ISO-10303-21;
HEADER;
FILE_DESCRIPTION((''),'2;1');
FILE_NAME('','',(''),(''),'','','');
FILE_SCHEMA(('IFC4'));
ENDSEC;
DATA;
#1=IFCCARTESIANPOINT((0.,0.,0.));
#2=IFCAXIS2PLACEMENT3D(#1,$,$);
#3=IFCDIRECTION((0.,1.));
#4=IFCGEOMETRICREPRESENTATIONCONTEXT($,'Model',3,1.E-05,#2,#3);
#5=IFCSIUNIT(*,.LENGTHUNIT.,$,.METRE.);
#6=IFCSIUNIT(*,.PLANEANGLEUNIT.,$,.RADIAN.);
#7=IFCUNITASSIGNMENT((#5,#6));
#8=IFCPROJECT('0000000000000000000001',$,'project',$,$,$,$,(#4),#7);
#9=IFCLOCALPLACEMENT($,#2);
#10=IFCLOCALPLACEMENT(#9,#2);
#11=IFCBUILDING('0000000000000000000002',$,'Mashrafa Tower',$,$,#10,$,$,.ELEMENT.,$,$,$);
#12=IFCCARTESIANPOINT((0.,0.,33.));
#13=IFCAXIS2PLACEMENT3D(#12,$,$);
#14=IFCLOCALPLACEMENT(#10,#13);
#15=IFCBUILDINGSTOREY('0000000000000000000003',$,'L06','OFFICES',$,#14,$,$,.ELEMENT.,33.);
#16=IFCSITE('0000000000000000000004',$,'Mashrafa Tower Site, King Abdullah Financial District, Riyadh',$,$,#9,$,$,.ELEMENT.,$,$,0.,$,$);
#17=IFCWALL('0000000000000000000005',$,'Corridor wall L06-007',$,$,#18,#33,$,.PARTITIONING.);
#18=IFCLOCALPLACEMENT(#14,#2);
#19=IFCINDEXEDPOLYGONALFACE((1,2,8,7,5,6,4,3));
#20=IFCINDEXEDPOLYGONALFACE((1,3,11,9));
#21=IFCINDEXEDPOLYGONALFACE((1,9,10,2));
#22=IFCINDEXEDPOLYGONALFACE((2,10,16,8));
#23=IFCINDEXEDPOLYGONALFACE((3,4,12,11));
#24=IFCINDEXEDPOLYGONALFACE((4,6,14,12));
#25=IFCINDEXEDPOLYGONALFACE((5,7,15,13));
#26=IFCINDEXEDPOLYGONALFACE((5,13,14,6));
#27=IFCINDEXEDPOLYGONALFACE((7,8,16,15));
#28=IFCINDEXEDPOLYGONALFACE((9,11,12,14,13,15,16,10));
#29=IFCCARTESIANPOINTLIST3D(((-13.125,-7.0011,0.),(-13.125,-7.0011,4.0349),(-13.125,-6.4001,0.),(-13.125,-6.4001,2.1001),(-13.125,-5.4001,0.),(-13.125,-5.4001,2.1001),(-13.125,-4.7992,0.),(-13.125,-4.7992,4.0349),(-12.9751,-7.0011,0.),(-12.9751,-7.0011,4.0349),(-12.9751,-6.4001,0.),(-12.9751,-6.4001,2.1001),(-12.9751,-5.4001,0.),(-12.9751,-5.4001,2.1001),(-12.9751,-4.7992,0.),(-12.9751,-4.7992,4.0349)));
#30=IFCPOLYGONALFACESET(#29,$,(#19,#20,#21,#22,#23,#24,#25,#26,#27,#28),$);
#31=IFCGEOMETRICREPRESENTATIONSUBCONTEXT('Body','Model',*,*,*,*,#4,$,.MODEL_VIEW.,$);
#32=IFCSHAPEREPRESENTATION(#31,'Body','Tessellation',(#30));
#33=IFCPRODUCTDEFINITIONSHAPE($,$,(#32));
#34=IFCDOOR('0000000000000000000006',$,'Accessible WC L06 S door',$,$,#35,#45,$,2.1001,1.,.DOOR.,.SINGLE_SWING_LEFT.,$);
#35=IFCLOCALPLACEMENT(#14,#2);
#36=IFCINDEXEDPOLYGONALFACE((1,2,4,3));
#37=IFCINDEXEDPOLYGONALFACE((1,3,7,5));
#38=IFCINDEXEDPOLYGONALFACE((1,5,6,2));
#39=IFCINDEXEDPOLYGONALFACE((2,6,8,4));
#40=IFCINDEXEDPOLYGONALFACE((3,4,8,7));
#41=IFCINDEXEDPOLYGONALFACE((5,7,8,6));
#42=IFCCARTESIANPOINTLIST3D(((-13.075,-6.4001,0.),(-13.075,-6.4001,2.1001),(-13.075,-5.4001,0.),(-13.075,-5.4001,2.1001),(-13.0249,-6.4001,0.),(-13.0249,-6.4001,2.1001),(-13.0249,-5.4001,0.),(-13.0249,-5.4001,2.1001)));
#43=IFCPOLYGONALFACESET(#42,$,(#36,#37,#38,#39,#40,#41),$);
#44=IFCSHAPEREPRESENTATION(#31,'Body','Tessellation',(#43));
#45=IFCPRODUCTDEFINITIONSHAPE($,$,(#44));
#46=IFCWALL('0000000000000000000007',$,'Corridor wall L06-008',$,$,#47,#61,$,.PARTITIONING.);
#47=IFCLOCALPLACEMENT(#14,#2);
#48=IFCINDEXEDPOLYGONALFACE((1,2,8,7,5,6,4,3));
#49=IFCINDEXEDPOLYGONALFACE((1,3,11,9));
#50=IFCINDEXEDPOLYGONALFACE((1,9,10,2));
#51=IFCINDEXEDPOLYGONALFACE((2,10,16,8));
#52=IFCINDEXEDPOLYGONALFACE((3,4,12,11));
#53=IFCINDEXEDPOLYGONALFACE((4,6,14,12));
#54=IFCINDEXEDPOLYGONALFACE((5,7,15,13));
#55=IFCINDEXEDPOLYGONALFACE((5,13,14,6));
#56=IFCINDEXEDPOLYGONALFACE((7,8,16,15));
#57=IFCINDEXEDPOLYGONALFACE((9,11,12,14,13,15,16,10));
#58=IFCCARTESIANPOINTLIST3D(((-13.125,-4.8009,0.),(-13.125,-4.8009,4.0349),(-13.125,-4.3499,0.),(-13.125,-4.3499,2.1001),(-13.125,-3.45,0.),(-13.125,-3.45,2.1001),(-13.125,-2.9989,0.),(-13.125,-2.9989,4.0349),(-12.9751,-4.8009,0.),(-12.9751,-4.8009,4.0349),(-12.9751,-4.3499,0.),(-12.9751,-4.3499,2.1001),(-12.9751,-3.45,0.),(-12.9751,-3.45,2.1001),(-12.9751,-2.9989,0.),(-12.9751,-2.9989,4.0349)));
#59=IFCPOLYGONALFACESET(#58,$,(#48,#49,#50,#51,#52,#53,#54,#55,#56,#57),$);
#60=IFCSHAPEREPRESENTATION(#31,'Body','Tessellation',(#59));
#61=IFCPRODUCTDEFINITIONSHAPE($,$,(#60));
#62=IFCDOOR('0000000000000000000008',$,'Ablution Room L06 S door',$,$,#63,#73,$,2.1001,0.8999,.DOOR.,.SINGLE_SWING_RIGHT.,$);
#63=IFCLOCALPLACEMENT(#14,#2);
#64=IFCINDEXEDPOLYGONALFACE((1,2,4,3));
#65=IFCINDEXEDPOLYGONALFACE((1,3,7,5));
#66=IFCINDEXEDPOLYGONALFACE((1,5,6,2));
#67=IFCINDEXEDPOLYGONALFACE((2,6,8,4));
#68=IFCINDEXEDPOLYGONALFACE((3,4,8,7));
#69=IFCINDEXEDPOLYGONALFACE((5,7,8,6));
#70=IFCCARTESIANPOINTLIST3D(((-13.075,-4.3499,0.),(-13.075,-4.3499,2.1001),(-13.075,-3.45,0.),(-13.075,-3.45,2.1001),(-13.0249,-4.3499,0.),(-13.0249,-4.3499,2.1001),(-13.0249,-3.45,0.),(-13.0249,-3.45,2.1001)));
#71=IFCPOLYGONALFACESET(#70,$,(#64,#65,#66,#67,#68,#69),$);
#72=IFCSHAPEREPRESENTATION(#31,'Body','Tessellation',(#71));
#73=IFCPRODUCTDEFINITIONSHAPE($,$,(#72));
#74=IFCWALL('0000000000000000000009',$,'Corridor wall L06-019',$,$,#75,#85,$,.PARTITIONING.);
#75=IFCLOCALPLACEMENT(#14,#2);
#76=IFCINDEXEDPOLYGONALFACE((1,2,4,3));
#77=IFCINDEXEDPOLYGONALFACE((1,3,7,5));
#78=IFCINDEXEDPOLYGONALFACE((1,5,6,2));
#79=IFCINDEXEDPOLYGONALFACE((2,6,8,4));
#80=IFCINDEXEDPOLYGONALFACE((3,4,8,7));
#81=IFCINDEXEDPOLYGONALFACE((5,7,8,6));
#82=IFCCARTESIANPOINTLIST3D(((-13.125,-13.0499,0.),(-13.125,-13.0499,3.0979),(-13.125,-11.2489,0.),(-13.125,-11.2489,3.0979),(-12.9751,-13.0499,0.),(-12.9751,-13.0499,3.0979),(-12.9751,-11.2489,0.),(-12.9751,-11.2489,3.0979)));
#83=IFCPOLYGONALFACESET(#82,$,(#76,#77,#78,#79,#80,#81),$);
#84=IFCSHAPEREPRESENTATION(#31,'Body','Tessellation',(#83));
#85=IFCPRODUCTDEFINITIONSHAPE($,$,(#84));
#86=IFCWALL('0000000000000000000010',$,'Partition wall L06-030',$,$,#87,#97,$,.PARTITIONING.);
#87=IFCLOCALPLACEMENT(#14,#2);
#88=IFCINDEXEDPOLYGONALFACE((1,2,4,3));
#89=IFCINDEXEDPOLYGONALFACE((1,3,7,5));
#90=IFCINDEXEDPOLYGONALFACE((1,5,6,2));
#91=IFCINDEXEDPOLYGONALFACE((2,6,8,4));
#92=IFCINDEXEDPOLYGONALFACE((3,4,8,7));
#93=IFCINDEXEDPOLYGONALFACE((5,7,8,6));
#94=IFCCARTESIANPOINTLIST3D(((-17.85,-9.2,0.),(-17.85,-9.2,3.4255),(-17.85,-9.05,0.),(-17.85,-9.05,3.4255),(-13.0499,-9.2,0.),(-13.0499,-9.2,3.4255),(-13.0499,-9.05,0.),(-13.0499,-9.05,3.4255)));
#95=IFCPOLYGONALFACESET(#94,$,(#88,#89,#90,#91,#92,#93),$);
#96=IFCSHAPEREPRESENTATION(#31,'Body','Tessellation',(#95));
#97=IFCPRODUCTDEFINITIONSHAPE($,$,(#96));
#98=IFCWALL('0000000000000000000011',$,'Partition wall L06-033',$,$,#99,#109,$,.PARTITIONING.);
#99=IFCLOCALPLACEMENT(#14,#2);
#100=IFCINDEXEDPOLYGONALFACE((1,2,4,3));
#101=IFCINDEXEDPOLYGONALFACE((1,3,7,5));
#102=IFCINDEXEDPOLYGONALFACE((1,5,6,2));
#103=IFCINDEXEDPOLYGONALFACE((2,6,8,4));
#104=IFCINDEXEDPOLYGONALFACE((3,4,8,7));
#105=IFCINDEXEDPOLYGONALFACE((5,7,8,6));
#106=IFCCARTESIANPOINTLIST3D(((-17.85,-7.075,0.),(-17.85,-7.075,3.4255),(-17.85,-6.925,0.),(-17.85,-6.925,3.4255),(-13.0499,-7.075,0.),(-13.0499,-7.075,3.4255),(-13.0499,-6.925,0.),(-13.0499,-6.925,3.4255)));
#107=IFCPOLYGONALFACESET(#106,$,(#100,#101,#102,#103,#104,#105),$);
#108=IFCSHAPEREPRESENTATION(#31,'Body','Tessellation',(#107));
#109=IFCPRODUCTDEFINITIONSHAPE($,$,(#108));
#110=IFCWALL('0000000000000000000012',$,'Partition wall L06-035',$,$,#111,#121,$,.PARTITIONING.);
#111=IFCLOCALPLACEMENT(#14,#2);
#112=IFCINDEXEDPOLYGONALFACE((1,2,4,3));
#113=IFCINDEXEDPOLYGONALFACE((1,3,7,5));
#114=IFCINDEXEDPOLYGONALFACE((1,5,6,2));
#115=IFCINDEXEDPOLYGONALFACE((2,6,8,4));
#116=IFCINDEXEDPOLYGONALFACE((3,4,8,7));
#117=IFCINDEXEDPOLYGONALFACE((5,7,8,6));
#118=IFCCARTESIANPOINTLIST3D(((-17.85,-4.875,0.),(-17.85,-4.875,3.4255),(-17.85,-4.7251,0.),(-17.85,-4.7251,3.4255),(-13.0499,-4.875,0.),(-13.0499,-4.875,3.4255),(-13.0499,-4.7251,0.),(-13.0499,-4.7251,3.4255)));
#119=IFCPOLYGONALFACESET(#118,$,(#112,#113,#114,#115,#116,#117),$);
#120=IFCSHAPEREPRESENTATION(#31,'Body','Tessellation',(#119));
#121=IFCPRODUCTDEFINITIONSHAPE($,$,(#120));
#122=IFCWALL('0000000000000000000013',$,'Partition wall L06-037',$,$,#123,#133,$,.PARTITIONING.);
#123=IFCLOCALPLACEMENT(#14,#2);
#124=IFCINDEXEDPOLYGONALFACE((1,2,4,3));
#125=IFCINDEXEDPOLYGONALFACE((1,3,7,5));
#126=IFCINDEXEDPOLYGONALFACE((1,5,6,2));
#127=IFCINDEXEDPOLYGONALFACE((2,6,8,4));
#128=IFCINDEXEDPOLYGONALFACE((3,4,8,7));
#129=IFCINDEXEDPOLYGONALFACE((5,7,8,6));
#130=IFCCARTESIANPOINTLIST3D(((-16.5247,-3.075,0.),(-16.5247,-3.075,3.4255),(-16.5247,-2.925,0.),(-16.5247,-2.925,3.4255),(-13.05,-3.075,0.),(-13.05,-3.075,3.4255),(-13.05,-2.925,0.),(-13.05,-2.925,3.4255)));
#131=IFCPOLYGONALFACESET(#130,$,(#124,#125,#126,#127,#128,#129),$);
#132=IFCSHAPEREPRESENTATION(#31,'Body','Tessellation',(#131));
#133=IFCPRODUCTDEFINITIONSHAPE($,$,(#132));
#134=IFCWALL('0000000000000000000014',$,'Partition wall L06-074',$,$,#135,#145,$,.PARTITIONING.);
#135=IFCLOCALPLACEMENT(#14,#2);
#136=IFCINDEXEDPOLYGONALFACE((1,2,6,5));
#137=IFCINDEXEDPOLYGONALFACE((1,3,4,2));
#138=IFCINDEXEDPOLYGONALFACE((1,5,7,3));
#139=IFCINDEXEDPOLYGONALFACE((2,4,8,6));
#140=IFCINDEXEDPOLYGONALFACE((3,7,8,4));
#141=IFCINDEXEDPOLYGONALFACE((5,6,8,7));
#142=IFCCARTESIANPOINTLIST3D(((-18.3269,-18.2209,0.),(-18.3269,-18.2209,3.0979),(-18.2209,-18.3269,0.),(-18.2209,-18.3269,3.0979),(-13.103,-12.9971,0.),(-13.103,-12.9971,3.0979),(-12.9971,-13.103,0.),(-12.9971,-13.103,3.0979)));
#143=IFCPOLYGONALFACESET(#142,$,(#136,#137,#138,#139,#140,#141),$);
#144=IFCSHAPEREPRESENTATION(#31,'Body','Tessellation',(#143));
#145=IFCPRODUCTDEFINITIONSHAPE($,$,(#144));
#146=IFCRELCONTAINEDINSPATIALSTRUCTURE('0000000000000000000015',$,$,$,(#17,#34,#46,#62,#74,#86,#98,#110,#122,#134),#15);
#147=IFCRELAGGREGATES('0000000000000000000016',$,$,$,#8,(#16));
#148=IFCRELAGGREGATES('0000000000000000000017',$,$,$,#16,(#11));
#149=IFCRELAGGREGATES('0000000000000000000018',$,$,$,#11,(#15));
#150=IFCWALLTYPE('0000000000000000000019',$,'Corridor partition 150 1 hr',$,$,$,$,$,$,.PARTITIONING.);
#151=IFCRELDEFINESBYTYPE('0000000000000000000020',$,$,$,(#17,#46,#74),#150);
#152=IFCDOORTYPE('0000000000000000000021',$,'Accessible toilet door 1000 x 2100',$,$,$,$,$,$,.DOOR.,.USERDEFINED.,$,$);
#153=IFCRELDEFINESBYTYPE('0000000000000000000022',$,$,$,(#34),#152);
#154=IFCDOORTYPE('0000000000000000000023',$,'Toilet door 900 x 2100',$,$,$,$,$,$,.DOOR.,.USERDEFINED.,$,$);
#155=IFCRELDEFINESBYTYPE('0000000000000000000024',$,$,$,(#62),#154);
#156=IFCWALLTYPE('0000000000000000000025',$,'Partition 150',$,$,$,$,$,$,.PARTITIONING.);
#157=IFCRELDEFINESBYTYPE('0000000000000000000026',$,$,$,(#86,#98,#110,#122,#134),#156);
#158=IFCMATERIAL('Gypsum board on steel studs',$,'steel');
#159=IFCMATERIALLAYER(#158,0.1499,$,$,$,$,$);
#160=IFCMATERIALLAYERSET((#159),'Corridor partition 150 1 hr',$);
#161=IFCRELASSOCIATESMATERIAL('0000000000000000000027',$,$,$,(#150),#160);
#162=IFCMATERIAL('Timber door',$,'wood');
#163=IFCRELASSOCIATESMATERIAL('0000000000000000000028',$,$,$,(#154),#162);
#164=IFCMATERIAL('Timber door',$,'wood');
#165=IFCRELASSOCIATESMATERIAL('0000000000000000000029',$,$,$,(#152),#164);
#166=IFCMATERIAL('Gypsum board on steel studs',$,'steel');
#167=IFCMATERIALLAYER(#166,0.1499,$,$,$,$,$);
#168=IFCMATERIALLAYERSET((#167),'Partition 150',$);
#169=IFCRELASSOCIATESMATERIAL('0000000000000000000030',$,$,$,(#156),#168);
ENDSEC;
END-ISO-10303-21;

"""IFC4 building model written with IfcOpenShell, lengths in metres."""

from ifc_helpers import new_model, si_unit, direction, frame, frame_2d, origin, place, context, subcontext, project, spatial, rectangle, extrude, material, layer, layer_set, type_object, element, fill, save


model = new_model("IFC4")

# Units and contexts
model_context = context("Model", 3, precision=1e-05, world=origin(), true_north=direction((0.0, 1.0)))
body_context = subcontext(model_context, "Body", "Model", "MODEL_VIEW")
ifc_project = project(units=[si_unit("LENGTHUNIT", "METRE"), si_unit("PLANEANGLEUNIT", "RADIAN")], contexts=[model_context])

# Site, building, storey
site_placement = place(None, origin())
site = spatial("IfcSite", under=ifc_project, at=site_placement, Name="Mashrafa Tower Site, King Abdullah Financial District, Riyadh", CompositionType="ELEMENT", RefElevation=0.0)
building_placement = place(site_placement, origin())
building = spatial("IfcBuilding", under=site, at=building_placement, Name="Mashrafa Tower", CompositionType="ELEMENT")
storey_placement = place(building_placement, frame((0.0, 0.0, 33.0)))
storey = spatial("IfcBuildingStorey", under=building, at=storey_placement, Name="L06", Description="OFFICES", CompositionType="ELEMENT", Elevation=33.0)

# Walls, openings, doors
ifc_material_1 = material(Name="Gypsum board on steel studs", Category="steel")
ifc_layer_1 = layer(ifc_material_1, 0.1499)
ifc_layer_set_1 = layer_set([ifc_layer_1], Name="Corridor partition 150 1 hr")
wall_type_1 = type_object("IfcWallType", Name="Corridor partition 150 1 hr", PredefinedType="PARTITIONING", material=ifc_layer_set_1)
ifc_material_2 = material(Name="Timber door", Category="wood")
door_type_1 = type_object("IfcDoorType", Name="Toilet door 900 x 2100", OperationType="USERDEFINED", PredefinedType="DOOR", material=ifc_material_2)
wall_1_placement = place(storey_placement, frame((-13.05, -4.7991, 0.0), z_axis=(0.0, 0.0, 1.0), x_axis=(0.0, -1.0, 0.0)))
wall_1 = element("IfcWall", 1, at=wall_1_placement, inside=storey, type_object=wall_type_1, Name="Corridor wall L06-007", PredefinedType="PARTITIONING", context=body_context, shape_type="SweptSolid", body=[
    extrude(rectangle(XDim=2.2019, YDim=0.1499, at=frame_2d((1.1011, 0.0))), origin(), (0.0, 0.0, 1.0), 4.0349),
])
opening_1_placement = place(wall_1_placement, frame((0.6011, 0.0, 0.0)))
opening_1 = element("IfcOpeningElement", 2, at=opening_1_placement, cuts=wall_1, PredefinedType="OPENING", context=body_context, shape_type="SweptSolid", body=[
    extrude(rectangle(XDim=1.0, YDim=2.1001, at=frame_2d((0.5, 1.05))), frame((0.0, 0.085, 0.0), z_axis=(0.0, -1.0, 0.0), x_axis=(1.0, 0.0, 0.0)), (0.0, 0.0, 1.0), 0.1699),
])
ifc_material_3 = material(Name="Timber door", Category="wood")
door_type_2 = type_object("IfcDoorType", Name="Accessible toilet door 1000 x 2100", OperationType="USERDEFINED", PredefinedType="DOOR", material=ifc_material_3)
door_1_placement = place(opening_1_placement, frame((1.0, 0.0, 0.0), z_axis=(0.0, 0.0, 1.0), x_axis=(-1.0, 0.0, 0.0)))
door_1 = element("IfcDoor", 3, at=door_1_placement, inside=storey, type_object=door_type_2, Name="Accessible WC L06 S door", OperationType="SINGLE_SWING_LEFT", OverallHeight=2.1001, OverallWidth=1.0, PredefinedType="DOOR", context=body_context, shape_type="SweptSolid", body=[
    extrude(rectangle(XDim=1.0, YDim=2.1001, at=frame_2d((0.5, 1.05))), frame((0.0, 0.0249, 0.0), z_axis=(0.0, -1.0, 0.0), x_axis=(1.0, 0.0, 0.0)), (0.0, 0.0, 1.0), 0.05),
])
fill(opening_1, door_1)
wall_2_placement = place(storey_placement, frame((-13.05, -2.999, 0.0), z_axis=(0.0, 0.0, 1.0), x_axis=(0.0, -1.0, 0.0)))
wall_2 = element("IfcWall", 4, at=wall_2_placement, inside=storey, type_object=wall_type_1, Name="Corridor wall L06-008", PredefinedType="PARTITIONING", context=body_context, shape_type="SweptSolid", body=[
    extrude(rectangle(XDim=1.802, YDim=0.1499, at=frame_2d((0.9009, 0.0))), origin(), (0.0, 0.0, 1.0), 4.0349),
])
opening_2_placement = place(wall_2_placement, frame((0.4509, 0.0, 0.0)))
opening_2 = element("IfcOpeningElement", 5, at=opening_2_placement, cuts=wall_2, PredefinedType="OPENING", context=body_context, shape_type="SweptSolid", body=[
    extrude(rectangle(XDim=0.8999, YDim=2.1001, at=frame_2d((0.45, 1.05))), frame((0.0, 0.085, 0.0), z_axis=(0.0, -1.0, 0.0), x_axis=(1.0, 0.0, 0.0)), (0.0, 0.0, 1.0), 0.1699),
])
door_2_placement = place(opening_2_placement, frame((0.8999, 0.0, 0.0), z_axis=(0.0, 0.0, 1.0), x_axis=(-1.0, 0.0, 0.0)))
door_2 = element("IfcDoor", 6, at=door_2_placement, inside=storey, type_object=door_type_1, Name="Ablution Room L06 S door", OperationType="SINGLE_SWING_RIGHT", OverallHeight=2.1001, OverallWidth=0.8999, PredefinedType="DOOR", context=body_context, shape_type="SweptSolid", body=[
    extrude(rectangle(XDim=0.8999, YDim=2.1001, at=frame_2d((0.45, 1.05))), frame((0.0, 0.0249, 0.0), z_axis=(0.0, -1.0, 0.0), x_axis=(1.0, 0.0, 0.0)), (0.0, 0.0, 1.0), 0.05),
])
fill(opening_2, door_2)

# Walls
wall_3_placement = place(storey_placement, frame((-13.05, -11.249, 0.0), z_axis=(0.0, 0.0, 1.0), x_axis=(0.0, -1.0, 0.0)))
element("IfcWall", 7, at=wall_3_placement, inside=storey, type_object=wall_type_1, Name="Corridor wall L06-019", PredefinedType="PARTITIONING", context=body_context, shape_type="SweptSolid", body=[
    extrude(rectangle(XDim=1.801, YDim=0.1499, at=frame_2d((0.9004, 0.0))), origin(), (0.0, 0.0, 1.0), 3.0979),
])
ifc_material_4 = material(Name="Gypsum board on steel studs", Category="steel")
ifc_layer_2 = layer(ifc_material_4, 0.1499)
ifc_layer_set_2 = layer_set([ifc_layer_2], Name="Partition 150")
wall_type_2 = type_object("IfcWallType", Name="Partition 150", PredefinedType="PARTITIONING", material=ifc_layer_set_2)
for number, where, z_axis, x_axis, name in (
    (8, (-13.05, -9.125, 0.0), (0.0, 0.0, 1.0), (-1.0, 0.0, 0.0), "Partition wall L06-030"),
    (9, (-13.05, -7.0, 0.0), (0.0, 0.0, 1.0), (-1.0, 0.0, 0.0), "Partition wall L06-033"),
    (10, (-13.05, -4.8, 0.0), (0.0, 0.0, 1.0), (-1.0, 0.0, 0.0), "Partition wall L06-035"),
):
    element("IfcWall", number, at=place(storey_placement, frame(where, z_axis=z_axis, x_axis=x_axis)), inside=storey, type_object=wall_type_2, Name=name, PredefinedType="PARTITIONING", context=body_context, shape_type="SweptSolid", body=[
        extrude(rectangle(XDim=4.8, YDim=0.1499, at=frame_2d((2.3999, 0.0))), origin(), (0.0, 0.0, 1.0), 3.4255),
    ])
wall_4_placement = place(storey_placement, frame((-13.05, -3.0, 0.0), z_axis=(0.0, 0.0, 1.0), x_axis=(-1.0, 0.0, 0.0)))
element("IfcWall", 11, at=wall_4_placement, inside=storey, type_object=wall_type_2, Name="Partition wall L06-037", PredefinedType="PARTITIONING", context=body_context, shape_type="SweptSolid", body=[
    extrude(rectangle(XDim=3.4746, YDim=0.1499, at=frame_2d((1.7373, 0.0))), origin(), (0.0, 0.0, 1.0), 3.4255),
])
wall_5_placement = place(storey_placement, frame((-13.05, -13.05, 0.0), z_axis=(0.0, 0.0, 1.0), x_axis=(-0.707107, -0.707107, 0.0)))
element("IfcWall", 12, at=wall_5_placement, inside=storey, type_object=wall_type_2, Name="Partition wall L06-074", PredefinedType="PARTITIONING", context=body_context, shape_type="SweptSolid", body=[
    extrude(rectangle(XDim=7.3877, YDim=0.1499, at=frame_2d((3.6938, 0.0))), origin(), (0.0, 0.0, 1.0), 3.0979),
])

save(model, "model.ifc")
